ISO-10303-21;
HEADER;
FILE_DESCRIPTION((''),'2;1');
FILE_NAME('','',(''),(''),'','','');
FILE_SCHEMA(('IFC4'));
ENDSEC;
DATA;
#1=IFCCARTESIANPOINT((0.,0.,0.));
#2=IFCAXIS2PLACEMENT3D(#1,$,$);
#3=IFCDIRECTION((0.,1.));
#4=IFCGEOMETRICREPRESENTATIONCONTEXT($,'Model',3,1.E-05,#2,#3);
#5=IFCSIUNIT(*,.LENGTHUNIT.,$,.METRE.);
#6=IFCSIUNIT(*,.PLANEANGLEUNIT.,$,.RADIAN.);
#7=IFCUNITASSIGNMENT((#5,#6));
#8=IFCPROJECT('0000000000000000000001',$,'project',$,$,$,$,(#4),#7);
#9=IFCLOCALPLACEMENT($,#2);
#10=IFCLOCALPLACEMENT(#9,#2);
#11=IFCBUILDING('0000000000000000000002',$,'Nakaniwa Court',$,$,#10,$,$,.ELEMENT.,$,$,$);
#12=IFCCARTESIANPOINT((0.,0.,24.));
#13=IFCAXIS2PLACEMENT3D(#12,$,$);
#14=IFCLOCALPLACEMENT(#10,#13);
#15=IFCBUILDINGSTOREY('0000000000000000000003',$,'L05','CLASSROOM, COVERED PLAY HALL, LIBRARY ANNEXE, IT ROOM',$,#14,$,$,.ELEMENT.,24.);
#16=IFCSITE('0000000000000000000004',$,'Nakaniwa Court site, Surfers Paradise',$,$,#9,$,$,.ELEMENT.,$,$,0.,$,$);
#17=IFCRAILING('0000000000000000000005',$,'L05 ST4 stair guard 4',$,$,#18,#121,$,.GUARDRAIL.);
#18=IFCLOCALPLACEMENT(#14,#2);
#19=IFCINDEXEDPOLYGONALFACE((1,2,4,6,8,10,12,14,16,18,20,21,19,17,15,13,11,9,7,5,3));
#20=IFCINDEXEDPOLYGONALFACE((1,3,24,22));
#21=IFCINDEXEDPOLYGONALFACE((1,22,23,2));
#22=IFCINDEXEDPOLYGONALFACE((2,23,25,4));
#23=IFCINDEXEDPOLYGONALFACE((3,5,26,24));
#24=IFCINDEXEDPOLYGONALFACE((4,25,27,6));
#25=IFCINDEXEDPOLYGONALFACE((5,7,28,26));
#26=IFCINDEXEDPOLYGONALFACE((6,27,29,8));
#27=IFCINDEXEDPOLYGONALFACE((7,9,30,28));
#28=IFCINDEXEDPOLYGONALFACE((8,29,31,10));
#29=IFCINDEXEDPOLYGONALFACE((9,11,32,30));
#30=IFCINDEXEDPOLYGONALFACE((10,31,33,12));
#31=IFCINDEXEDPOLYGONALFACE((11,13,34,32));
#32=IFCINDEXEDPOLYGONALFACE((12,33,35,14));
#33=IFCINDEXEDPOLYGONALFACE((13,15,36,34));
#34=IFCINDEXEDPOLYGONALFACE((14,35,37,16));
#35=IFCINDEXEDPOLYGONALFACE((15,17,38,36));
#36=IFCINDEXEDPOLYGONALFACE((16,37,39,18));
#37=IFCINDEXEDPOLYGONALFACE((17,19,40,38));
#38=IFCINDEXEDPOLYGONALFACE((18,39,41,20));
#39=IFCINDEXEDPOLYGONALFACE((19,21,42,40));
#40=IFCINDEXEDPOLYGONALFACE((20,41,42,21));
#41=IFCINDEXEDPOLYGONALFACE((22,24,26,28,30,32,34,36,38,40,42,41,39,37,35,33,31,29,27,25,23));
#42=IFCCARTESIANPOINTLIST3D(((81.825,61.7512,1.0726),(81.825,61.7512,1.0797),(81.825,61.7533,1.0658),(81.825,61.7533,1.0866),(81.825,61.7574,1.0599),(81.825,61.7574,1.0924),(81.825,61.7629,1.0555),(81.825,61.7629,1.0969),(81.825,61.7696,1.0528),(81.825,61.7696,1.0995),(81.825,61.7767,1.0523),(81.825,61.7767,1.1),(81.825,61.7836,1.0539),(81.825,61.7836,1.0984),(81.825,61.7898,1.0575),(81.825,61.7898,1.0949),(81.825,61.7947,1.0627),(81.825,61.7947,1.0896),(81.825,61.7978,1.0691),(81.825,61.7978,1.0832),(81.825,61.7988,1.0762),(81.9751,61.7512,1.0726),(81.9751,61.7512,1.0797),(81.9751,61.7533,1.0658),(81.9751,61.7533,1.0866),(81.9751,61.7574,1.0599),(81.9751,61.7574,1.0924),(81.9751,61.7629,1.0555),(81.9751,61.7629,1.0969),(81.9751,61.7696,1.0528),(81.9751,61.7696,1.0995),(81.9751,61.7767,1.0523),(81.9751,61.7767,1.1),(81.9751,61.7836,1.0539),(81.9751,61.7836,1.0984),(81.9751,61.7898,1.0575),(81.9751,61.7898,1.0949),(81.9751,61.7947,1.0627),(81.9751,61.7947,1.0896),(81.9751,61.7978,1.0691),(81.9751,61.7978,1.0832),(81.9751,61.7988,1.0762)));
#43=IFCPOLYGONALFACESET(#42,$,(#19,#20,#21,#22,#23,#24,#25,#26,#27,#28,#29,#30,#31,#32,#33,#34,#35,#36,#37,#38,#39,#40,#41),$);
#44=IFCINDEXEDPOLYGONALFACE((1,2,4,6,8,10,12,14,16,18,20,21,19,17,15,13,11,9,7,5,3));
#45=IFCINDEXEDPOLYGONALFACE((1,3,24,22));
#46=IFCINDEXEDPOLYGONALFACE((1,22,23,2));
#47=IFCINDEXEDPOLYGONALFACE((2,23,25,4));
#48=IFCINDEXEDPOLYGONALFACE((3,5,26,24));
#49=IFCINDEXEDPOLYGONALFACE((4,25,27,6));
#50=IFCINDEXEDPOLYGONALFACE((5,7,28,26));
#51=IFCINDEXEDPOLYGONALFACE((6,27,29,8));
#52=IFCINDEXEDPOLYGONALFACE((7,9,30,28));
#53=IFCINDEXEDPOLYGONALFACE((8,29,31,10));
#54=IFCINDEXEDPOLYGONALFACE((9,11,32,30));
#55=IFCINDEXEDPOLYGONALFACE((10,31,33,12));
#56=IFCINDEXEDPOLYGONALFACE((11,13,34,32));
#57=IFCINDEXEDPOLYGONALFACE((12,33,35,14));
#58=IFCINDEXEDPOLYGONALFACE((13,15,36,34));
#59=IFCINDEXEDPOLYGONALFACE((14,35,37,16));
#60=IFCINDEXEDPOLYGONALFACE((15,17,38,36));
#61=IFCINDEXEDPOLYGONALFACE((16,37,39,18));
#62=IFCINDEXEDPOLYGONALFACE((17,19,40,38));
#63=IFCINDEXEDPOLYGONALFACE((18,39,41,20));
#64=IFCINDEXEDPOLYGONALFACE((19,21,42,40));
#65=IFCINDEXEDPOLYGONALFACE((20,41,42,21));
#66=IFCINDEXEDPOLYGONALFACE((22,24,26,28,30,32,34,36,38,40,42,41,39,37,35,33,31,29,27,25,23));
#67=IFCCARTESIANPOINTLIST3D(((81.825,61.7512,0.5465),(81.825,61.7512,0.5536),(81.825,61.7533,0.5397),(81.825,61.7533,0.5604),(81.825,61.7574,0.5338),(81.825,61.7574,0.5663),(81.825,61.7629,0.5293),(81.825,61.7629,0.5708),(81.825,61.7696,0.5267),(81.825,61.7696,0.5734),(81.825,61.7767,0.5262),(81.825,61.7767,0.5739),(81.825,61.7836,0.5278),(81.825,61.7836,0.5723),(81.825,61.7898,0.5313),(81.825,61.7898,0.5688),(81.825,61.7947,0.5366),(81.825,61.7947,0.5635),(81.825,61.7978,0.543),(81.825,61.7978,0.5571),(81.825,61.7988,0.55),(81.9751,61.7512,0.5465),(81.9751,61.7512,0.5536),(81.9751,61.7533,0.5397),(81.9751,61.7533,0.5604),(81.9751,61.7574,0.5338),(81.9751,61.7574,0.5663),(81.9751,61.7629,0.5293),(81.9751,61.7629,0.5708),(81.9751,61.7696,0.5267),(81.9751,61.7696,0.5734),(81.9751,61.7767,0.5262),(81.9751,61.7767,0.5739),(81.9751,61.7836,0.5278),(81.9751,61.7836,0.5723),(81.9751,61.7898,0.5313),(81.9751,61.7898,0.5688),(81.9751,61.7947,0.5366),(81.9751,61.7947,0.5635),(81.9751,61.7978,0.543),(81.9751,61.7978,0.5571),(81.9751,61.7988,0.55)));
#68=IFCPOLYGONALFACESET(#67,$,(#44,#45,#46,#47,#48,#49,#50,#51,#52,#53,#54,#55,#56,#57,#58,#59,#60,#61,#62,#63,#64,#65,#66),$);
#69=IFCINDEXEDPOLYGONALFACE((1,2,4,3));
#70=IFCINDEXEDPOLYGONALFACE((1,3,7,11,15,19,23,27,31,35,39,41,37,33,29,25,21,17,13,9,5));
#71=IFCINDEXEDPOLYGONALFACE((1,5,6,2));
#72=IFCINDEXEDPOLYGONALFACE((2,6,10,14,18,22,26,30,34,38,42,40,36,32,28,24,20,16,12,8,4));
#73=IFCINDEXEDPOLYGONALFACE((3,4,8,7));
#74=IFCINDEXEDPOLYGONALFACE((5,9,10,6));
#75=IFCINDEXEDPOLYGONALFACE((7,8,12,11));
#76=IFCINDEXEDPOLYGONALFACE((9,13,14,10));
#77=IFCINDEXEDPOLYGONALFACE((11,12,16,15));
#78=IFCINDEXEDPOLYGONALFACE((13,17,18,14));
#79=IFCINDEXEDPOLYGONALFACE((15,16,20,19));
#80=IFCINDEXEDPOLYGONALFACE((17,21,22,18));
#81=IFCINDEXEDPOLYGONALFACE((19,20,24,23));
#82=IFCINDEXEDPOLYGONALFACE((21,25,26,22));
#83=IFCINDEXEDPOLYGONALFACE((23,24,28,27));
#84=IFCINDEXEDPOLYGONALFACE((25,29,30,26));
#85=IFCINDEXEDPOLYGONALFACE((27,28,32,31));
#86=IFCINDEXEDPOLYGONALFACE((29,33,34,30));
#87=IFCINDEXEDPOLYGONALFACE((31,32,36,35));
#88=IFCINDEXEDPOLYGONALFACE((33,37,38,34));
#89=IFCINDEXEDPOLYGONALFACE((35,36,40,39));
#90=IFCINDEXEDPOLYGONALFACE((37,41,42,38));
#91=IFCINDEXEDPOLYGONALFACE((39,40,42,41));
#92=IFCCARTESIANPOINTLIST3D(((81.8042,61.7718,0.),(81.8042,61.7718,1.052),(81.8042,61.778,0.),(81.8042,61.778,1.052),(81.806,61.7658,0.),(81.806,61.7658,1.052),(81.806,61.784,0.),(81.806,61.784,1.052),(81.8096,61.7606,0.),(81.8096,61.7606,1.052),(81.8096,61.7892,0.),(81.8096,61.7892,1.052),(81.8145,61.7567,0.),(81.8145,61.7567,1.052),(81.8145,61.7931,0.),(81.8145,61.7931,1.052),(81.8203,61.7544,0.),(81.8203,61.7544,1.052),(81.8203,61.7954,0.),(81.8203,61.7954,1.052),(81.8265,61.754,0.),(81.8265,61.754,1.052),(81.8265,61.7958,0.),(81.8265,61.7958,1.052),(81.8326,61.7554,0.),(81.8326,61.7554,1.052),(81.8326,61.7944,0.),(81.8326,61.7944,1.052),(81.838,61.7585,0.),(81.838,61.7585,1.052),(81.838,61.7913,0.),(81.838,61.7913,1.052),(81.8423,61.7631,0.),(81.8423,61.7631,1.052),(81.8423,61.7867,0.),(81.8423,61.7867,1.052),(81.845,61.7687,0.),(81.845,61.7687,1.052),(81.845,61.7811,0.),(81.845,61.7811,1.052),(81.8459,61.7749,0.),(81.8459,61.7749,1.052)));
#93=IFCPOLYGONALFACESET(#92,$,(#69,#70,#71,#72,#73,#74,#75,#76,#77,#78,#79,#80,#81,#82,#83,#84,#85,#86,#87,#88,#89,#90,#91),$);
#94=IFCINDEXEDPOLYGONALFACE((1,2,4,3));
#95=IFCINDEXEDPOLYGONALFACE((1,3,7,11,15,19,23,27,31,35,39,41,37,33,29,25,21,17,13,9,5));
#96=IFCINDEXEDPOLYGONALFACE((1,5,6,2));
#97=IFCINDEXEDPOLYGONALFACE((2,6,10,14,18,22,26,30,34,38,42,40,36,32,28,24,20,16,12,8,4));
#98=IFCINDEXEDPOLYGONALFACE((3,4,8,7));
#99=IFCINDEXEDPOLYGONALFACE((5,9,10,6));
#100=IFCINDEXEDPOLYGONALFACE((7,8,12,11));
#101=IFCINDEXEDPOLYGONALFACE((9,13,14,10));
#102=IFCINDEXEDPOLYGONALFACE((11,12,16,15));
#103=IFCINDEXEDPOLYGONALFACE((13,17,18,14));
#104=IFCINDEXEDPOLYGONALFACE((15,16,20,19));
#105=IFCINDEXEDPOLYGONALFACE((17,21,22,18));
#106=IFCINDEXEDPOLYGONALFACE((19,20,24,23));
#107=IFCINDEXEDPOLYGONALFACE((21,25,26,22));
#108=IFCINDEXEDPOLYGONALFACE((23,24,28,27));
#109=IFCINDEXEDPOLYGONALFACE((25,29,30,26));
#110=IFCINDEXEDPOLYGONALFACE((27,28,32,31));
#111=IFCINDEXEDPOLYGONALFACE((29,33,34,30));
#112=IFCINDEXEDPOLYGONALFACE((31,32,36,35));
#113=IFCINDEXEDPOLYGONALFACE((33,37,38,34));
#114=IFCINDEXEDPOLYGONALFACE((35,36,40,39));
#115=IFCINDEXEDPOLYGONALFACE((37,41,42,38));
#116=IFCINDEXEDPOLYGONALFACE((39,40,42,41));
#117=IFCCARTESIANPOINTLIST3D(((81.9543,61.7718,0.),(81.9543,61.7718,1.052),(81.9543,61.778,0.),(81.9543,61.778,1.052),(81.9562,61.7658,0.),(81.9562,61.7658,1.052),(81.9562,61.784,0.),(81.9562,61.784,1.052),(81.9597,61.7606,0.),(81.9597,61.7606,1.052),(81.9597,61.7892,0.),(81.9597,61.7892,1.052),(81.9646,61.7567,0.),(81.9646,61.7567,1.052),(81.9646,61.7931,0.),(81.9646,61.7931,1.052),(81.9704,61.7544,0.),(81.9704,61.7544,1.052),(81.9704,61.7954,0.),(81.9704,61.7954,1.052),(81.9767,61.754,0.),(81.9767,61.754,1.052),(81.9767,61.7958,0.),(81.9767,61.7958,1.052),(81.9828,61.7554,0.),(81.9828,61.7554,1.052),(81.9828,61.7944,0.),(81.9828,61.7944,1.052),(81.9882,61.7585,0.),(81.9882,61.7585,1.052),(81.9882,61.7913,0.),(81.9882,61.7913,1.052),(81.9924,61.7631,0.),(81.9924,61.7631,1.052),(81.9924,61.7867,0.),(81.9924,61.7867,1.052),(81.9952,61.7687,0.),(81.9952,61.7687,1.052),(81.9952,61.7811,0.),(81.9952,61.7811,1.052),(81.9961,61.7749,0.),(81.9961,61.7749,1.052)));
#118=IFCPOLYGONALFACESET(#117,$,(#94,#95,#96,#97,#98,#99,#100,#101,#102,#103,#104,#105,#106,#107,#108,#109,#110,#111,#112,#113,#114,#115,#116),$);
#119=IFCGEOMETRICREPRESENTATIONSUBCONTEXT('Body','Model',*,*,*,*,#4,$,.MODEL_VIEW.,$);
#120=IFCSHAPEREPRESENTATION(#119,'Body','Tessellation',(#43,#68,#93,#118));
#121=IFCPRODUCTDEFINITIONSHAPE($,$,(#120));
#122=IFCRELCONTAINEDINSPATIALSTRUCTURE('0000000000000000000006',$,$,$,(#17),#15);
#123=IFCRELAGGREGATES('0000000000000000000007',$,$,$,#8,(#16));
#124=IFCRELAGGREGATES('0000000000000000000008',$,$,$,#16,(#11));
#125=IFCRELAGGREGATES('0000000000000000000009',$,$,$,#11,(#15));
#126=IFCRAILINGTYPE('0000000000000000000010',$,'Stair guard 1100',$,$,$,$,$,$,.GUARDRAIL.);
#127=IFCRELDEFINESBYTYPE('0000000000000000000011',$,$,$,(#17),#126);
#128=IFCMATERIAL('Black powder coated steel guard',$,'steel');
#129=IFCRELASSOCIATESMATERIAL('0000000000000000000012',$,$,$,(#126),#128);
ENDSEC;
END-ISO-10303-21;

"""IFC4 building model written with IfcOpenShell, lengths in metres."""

from ifc_helpers import new_model, si_unit, direction, frame, origin, origin_2d, place, context, subcontext, project, spatial, circle, extrude, material, type_object, element, save


model = new_model("IFC4")

# Units and contexts
model_context = context("Model", 3, precision=1e-05, world=origin(), true_north=direction((0.0, 1.0)))
body_context = subcontext(model_context, "Body", "Model", "MODEL_VIEW")
ifc_project = project(units=[si_unit("LENGTHUNIT", "METRE"), si_unit("PLANEANGLEUNIT", "RADIAN")], contexts=[model_context])

# Site, building, storey
site_placement = place(None, origin())
site = spatial("IfcSite", under=ifc_project, at=site_placement, Name="Nakaniwa Court site, Surfers Paradise", CompositionType="ELEMENT", RefElevation=0.0)
building_placement = place(site_placement, origin())
building = spatial("IfcBuilding", under=site, at=building_placement, Name="Nakaniwa Court", CompositionType="ELEMENT")
storey_placement = place(building_placement, frame((0.0, 0.0, 24.0)))
storey = spatial("IfcBuildingStorey", under=building, at=storey_placement, Name="L05", Description="CLASSROOM, COVERED PLAY HALL, LIBRARY ANNEXE, IT ROOM", CompositionType="ELEMENT", Elevation=24.0)

# Railing
ifc_material_1 = material(Name="Black powder coated steel guard", Category="steel")
railing_type_1 = type_object("IfcRailingType", Name="Stair guard 1100", PredefinedType="GUARDRAIL", material=ifc_material_1)
railing_1_placement = place(storey_placement, frame((81.825, 61.7749, 0.0)))
element("IfcRailing", 1, at=railing_1_placement, inside=storey, type_object=railing_type_1, Name="L05 ST4 stair guard 4", PredefinedType="GUARDRAIL", context=body_context, shape_type="SweptSolid", body=[
    extrude(circle(Radius=0.0239, at=origin_2d()), frame((0.0, 0.0, 1.0762), z_axis=(1.0, 0.0, 0.0), x_axis=(0.0, 1.0, 0.0)), (0.0, 0.0, 1.0), 0.1501),
    extrude(circle(Radius=0.0239, at=origin_2d()), frame((0.0, 0.0, 0.55), z_axis=(1.0, 0.0, 0.0), x_axis=(0.0, 1.0, 0.0)), (0.0, 0.0, 1.0), 0.1501),
    extrude(circle(Radius=0.021, at=origin_2d()), origin(), (0.0, 0.0, 1.0), 1.052),
    extrude(circle(Radius=0.021, at=origin_2d()), frame((0.1501, 0.0, 0.0)), (0.0, 0.0, 1.0), 1.052),
])

save(model, "model.ifc")
